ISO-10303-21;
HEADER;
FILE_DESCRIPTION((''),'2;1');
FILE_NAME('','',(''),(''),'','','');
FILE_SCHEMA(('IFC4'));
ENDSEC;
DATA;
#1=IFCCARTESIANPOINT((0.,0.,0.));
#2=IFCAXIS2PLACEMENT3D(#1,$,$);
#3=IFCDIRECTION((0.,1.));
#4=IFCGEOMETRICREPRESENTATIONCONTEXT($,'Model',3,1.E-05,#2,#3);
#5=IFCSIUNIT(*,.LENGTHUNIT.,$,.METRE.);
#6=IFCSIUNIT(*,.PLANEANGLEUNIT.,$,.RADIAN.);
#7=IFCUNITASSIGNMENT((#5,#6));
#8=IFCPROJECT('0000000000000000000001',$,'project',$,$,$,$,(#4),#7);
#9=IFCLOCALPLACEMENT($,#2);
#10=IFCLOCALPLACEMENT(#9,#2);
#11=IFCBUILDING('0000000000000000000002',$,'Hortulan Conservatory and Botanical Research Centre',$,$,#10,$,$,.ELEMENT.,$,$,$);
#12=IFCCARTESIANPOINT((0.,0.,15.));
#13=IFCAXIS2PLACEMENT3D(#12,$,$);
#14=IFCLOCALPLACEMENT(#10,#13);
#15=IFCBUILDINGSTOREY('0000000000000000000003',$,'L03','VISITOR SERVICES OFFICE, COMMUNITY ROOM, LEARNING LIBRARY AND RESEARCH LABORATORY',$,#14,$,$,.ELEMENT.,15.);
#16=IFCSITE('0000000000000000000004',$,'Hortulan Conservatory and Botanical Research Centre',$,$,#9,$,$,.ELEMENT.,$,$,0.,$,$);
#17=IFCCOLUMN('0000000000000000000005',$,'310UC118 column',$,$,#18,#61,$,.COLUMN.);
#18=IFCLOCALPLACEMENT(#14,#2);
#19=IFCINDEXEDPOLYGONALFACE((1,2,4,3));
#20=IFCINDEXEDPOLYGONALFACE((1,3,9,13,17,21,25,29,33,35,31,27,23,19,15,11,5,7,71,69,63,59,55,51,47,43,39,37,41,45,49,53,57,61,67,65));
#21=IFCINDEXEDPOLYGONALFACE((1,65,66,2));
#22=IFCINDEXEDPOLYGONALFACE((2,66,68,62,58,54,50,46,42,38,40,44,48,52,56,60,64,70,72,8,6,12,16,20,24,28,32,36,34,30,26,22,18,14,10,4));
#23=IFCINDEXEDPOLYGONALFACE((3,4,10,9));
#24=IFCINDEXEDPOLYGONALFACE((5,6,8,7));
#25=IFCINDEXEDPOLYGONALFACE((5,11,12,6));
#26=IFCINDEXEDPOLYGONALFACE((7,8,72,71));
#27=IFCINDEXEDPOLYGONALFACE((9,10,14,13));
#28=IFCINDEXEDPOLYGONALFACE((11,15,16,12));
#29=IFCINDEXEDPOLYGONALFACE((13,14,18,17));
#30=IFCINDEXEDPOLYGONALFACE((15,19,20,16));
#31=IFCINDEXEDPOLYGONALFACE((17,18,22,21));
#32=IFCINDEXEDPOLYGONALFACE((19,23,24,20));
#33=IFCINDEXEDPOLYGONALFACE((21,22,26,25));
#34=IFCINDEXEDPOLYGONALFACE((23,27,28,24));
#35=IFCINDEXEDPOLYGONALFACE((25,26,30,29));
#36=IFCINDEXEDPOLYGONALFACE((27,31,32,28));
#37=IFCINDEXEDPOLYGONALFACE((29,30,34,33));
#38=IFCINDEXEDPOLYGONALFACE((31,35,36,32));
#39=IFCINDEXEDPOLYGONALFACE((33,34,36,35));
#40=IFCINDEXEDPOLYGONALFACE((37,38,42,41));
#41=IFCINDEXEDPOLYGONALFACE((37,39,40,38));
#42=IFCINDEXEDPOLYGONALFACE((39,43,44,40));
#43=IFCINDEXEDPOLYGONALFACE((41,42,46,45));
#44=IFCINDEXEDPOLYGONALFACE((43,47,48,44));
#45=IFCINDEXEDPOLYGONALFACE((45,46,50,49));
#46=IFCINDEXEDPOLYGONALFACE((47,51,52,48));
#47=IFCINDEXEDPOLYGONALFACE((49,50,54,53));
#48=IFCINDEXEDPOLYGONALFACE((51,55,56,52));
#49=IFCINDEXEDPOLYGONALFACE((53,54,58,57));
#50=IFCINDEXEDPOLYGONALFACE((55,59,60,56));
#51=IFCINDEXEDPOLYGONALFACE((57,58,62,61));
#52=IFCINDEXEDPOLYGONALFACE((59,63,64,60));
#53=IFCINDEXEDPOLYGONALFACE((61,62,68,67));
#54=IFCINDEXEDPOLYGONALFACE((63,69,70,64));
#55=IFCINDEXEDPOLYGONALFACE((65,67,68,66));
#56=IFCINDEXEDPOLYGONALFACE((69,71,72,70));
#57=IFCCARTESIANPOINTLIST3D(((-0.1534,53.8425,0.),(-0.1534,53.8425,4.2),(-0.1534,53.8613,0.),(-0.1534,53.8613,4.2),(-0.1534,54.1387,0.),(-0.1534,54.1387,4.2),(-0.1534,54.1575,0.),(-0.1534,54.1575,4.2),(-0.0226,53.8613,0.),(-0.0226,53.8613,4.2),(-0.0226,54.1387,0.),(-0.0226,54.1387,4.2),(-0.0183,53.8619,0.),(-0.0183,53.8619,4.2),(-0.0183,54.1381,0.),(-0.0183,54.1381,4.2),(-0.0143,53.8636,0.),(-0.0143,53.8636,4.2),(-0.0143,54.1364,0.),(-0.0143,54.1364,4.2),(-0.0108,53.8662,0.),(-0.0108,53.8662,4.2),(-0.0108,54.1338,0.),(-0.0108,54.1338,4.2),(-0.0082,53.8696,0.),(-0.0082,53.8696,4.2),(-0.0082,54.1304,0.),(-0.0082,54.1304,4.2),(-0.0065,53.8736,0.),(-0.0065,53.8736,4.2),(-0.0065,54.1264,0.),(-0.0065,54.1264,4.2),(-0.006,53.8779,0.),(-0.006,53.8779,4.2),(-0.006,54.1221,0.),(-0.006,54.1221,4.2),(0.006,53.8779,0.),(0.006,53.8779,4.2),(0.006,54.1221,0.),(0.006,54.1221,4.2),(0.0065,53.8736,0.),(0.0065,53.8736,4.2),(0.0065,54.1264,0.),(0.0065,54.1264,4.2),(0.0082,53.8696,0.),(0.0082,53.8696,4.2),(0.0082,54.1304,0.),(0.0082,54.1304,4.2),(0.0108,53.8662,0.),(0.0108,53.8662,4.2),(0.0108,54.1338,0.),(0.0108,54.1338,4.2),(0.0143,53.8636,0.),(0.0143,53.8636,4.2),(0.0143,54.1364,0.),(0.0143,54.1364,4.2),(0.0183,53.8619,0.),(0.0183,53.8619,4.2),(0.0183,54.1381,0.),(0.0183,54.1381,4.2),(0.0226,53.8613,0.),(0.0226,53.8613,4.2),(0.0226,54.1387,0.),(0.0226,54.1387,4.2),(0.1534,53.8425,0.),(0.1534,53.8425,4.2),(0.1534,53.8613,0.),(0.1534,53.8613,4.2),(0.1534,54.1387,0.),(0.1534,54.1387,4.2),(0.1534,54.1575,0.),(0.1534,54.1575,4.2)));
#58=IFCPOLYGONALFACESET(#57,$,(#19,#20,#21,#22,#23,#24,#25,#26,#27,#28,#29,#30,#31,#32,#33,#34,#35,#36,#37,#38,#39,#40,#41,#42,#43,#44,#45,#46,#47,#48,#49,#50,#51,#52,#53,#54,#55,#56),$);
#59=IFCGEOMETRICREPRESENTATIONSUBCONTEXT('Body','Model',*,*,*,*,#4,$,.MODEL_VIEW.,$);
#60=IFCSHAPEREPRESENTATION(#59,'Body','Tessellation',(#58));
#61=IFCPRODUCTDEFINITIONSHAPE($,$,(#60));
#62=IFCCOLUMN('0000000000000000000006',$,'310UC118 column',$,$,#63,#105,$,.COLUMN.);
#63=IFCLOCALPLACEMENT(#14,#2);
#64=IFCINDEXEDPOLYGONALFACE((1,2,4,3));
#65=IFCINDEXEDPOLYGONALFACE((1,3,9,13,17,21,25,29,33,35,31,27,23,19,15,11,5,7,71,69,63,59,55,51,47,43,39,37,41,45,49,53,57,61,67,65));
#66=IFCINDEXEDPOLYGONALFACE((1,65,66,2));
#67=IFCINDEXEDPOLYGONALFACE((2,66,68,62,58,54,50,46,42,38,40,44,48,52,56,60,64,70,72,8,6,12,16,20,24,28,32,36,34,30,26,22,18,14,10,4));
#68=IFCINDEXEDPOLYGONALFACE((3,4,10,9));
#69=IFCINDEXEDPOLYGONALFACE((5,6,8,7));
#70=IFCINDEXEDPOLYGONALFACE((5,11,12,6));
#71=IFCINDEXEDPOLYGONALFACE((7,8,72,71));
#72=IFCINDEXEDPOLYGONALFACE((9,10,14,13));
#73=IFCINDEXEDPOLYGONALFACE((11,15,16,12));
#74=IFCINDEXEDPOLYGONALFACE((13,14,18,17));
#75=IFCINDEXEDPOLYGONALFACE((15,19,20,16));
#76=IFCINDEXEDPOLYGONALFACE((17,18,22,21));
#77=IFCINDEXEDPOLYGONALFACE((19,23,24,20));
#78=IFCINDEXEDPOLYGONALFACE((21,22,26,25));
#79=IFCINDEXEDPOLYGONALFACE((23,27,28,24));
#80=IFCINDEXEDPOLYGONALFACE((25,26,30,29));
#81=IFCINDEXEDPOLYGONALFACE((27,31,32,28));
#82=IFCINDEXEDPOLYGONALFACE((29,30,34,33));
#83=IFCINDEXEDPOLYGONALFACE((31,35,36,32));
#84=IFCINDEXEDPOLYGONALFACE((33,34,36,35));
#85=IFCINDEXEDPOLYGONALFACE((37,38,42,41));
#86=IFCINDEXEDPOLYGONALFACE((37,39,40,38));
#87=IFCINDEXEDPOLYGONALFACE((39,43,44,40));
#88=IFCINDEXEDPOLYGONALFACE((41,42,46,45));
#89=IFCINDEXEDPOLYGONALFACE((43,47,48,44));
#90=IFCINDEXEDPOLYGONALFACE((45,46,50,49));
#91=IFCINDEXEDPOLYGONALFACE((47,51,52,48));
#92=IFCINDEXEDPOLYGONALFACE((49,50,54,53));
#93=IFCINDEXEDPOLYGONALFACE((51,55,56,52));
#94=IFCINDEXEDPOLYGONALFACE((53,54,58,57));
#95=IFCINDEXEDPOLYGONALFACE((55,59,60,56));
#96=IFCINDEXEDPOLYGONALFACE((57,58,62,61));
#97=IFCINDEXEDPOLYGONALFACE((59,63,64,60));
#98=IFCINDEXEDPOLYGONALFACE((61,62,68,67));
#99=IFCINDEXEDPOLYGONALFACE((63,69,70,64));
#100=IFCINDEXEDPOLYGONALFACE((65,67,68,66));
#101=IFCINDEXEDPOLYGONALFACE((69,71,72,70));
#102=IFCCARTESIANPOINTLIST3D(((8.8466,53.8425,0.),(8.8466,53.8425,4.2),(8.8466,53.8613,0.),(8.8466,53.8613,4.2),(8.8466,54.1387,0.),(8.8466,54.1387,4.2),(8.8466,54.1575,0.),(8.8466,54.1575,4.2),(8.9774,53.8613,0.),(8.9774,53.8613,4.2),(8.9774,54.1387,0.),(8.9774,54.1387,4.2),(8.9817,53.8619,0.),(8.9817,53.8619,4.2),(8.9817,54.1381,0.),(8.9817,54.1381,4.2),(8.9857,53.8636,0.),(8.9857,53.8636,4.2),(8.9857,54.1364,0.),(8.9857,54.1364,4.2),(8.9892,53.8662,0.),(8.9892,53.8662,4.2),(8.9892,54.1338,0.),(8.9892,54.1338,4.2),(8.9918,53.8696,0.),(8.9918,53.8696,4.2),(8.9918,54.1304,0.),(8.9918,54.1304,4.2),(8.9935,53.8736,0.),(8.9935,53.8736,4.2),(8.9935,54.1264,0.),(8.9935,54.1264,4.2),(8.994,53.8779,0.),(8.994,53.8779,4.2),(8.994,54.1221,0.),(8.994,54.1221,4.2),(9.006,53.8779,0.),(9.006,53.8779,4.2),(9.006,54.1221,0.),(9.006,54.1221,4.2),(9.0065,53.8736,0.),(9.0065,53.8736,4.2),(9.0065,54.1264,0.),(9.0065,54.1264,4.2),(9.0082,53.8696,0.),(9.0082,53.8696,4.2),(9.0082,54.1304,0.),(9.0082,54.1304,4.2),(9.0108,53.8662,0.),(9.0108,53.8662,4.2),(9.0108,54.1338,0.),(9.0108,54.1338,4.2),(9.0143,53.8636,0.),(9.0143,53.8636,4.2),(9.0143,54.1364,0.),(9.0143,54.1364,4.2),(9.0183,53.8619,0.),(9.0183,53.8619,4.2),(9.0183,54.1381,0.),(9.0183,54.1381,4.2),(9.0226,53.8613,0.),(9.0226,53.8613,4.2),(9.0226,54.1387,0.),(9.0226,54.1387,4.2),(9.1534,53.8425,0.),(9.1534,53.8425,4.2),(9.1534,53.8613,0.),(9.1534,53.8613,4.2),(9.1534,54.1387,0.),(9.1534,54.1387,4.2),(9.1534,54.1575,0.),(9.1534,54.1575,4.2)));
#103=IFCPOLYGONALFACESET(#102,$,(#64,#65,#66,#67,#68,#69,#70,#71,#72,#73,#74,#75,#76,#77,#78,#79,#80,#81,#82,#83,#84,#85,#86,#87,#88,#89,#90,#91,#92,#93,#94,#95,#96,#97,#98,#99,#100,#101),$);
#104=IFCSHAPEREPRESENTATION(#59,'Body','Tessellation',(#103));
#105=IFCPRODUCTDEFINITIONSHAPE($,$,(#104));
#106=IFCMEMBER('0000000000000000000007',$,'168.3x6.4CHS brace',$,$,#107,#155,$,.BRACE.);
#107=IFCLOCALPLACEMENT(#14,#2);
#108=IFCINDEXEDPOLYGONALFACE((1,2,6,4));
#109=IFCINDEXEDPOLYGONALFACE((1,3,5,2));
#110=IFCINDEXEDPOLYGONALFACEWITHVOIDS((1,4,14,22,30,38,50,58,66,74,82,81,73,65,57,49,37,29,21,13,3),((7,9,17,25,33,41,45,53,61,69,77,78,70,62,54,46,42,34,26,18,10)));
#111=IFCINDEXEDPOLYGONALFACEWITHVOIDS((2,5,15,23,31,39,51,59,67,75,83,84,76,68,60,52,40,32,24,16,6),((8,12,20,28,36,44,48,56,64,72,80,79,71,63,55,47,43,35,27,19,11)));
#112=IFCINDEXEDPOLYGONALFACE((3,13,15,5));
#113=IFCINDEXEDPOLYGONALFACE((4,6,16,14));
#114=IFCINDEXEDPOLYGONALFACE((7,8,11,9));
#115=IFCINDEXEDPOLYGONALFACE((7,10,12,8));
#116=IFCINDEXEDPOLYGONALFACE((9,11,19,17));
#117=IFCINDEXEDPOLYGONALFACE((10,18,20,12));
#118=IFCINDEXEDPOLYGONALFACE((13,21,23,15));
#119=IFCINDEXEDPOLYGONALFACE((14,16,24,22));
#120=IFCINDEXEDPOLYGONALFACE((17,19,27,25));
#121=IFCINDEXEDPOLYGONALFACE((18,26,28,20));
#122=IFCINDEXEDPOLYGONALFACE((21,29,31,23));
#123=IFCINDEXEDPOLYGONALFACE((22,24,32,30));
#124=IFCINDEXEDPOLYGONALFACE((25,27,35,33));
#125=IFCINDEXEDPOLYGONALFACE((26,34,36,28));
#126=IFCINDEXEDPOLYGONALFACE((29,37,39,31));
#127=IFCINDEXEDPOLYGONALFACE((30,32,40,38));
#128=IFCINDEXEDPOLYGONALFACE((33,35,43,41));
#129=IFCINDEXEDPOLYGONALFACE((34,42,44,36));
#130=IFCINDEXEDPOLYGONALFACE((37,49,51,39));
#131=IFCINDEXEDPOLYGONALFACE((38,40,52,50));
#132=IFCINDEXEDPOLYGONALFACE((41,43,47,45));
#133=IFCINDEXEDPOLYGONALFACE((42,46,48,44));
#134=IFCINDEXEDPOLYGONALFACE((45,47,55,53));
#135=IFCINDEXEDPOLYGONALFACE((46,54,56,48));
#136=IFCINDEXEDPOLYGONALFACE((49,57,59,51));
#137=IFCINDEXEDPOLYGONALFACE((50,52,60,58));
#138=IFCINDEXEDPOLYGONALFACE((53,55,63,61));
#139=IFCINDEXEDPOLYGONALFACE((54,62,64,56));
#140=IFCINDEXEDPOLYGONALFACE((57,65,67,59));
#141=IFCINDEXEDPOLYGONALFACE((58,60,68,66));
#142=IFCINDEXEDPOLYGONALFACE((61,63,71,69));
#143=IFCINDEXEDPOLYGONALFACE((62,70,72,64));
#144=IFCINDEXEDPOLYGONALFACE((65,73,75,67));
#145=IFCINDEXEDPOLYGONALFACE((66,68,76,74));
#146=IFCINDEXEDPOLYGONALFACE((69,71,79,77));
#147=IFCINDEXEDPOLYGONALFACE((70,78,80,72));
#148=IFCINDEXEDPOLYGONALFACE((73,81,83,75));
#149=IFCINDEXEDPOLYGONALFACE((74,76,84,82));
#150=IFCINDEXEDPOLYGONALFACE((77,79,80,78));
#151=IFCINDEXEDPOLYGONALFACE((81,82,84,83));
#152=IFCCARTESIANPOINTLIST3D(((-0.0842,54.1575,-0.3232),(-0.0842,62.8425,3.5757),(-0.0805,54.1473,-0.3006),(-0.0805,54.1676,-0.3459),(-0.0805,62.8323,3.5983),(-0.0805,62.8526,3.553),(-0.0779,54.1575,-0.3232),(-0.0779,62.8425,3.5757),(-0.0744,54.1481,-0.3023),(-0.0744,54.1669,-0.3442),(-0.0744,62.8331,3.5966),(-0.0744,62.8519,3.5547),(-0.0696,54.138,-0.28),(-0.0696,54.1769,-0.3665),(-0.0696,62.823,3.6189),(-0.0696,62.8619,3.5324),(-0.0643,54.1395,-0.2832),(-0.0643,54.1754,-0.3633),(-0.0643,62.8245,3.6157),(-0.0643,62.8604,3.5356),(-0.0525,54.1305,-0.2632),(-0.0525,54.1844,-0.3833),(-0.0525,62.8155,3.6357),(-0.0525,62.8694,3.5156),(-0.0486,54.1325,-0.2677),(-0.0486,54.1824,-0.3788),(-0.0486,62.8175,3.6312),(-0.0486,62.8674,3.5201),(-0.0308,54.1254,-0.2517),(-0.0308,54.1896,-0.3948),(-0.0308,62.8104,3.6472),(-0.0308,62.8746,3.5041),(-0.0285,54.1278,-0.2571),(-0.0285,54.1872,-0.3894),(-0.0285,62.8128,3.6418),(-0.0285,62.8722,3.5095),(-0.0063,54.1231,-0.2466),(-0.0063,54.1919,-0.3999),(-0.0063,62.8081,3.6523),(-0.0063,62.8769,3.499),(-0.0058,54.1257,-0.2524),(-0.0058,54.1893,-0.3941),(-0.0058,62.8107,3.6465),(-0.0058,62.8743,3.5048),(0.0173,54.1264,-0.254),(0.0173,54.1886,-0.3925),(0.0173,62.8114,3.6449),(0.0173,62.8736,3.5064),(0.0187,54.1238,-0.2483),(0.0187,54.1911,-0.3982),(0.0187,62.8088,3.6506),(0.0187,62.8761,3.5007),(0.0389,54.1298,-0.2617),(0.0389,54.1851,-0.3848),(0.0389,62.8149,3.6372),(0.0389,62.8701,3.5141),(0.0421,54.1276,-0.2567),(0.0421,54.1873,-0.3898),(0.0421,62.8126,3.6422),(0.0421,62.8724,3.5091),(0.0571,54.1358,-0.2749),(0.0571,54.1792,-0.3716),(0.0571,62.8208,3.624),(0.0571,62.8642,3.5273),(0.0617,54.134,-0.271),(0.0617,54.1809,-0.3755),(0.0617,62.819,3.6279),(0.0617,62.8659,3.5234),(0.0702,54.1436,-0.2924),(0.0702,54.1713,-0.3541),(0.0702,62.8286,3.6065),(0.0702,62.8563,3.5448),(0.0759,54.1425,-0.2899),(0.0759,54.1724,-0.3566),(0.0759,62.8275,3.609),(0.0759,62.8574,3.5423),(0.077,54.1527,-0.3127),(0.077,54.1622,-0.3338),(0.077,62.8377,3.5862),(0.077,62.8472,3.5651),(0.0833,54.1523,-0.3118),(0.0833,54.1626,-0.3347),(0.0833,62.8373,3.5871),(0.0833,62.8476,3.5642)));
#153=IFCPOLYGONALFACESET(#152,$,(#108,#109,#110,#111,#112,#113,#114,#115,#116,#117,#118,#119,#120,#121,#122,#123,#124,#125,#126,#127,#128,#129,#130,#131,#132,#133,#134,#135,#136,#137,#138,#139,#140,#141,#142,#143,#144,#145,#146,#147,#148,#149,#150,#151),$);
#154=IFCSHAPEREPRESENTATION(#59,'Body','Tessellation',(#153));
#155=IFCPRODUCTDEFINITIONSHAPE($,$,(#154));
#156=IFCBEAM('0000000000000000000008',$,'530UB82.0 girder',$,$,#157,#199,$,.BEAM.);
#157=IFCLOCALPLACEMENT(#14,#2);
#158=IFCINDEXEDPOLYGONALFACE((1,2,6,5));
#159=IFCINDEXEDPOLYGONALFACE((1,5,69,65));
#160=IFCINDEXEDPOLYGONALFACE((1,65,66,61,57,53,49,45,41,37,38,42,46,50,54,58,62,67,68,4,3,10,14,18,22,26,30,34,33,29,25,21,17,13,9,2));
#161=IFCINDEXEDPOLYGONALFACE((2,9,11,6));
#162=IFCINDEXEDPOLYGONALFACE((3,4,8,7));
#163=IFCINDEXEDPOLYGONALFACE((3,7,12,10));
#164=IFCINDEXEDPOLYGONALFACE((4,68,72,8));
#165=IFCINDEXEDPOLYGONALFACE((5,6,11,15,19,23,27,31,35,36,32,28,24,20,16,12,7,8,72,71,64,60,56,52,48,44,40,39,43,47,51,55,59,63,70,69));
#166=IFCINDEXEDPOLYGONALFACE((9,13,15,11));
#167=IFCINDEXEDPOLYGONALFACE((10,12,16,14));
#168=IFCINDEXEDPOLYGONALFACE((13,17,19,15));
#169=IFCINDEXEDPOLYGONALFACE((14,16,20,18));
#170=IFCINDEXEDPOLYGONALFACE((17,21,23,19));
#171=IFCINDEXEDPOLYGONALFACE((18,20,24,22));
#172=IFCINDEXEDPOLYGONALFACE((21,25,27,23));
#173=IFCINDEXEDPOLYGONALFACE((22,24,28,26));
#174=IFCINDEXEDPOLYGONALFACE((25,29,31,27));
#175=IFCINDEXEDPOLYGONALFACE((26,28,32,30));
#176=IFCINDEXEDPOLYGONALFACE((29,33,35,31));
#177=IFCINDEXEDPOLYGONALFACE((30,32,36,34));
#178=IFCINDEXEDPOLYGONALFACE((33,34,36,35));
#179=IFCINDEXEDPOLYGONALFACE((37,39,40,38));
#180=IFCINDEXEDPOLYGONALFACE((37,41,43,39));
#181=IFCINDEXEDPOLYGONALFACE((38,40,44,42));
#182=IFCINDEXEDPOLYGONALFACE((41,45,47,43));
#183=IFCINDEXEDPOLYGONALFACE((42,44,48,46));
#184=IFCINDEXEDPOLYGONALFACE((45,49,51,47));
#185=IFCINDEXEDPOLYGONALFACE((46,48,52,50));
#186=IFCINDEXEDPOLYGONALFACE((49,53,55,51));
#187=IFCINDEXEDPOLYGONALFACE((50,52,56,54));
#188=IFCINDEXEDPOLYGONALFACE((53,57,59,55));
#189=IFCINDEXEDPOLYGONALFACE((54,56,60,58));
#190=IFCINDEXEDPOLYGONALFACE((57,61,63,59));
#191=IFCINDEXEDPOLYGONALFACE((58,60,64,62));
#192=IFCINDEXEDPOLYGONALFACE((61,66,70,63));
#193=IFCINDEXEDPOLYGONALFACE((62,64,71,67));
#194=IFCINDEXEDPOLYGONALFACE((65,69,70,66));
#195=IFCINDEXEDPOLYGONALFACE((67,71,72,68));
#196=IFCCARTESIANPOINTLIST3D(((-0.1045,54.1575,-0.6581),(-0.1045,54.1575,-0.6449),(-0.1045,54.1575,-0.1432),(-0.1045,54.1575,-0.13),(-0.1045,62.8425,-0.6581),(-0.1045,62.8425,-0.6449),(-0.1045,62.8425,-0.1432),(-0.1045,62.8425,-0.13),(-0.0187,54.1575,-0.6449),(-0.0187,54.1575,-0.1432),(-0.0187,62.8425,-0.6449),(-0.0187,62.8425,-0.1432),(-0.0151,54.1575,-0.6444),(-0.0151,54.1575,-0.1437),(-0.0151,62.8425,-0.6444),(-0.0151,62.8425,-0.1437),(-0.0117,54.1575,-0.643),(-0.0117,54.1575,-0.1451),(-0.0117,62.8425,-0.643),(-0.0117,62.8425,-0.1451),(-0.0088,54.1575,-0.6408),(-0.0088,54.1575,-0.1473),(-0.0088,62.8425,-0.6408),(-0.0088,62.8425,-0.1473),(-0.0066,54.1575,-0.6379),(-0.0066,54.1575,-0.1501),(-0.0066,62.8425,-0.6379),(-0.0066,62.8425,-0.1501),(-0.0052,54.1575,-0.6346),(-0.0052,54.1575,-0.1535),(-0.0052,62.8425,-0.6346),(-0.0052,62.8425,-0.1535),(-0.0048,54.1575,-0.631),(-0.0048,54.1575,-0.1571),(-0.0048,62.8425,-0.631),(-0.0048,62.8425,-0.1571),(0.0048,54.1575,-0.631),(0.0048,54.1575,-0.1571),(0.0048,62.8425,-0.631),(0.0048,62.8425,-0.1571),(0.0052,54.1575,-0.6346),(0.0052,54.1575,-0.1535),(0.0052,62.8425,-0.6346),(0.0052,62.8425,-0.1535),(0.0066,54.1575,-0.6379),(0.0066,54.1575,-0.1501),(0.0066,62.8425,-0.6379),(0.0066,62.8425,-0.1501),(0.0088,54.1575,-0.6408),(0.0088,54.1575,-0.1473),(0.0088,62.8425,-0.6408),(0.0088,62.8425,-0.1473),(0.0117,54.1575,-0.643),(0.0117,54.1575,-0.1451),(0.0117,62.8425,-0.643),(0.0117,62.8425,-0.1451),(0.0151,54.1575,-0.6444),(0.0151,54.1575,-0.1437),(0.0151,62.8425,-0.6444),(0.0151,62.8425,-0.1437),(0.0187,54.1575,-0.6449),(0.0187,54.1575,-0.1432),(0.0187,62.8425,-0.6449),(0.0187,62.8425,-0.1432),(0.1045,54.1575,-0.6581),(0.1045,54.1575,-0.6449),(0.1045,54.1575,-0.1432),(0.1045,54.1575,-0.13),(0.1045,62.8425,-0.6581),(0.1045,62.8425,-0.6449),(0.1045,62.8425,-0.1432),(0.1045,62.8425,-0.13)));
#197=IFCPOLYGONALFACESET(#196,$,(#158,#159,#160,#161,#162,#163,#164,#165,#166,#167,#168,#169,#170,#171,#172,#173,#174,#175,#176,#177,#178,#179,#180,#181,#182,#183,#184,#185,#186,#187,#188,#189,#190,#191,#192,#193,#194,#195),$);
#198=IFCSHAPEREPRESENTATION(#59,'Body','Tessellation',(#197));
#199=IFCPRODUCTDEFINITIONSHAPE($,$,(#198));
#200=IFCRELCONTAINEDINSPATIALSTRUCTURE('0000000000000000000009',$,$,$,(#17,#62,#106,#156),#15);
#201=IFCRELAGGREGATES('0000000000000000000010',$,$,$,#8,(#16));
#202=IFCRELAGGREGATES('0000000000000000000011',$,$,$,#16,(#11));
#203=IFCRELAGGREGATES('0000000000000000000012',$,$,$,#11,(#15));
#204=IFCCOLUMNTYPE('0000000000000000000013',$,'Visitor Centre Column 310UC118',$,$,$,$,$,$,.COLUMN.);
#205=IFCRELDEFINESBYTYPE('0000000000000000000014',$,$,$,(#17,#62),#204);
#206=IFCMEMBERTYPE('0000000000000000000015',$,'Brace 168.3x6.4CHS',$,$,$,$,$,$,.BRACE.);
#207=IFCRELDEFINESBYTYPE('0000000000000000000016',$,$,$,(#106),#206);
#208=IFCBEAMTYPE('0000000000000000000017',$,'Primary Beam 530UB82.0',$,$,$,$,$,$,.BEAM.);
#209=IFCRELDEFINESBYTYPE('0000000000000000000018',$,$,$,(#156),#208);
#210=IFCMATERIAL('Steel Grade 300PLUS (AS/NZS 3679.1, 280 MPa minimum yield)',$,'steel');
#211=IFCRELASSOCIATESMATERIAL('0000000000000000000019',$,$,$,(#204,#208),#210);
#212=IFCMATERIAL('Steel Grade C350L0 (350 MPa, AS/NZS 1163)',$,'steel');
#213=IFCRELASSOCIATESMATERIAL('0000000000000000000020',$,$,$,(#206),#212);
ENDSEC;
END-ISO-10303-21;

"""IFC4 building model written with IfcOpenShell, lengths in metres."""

from ifc_helpers import new_model, si_unit, direction, frame, origin, origin_2d, place, context, subcontext, project, spatial, hollow_circle, i_section, extrude, material, material_profile, profile_set, type_object, element, save


model = new_model("IFC4")

# Units and contexts
model_context = context("Model", 3, precision=1e-05, world=origin(), true_north=direction((0.0, 1.0)))
body_context = subcontext(model_context, "Body", "Model", "MODEL_VIEW")
ifc_project = project(units=[si_unit("LENGTHUNIT", "METRE"), si_unit("PLANEANGLEUNIT", "RADIAN")], contexts=[model_context])

# Site, building, storey
site_placement = place(None, origin())
site = spatial("IfcSite", under=ifc_project, at=site_placement, Name="Hortulan Conservatory and Botanical Research Centre", CompositionType="ELEMENT", RefElevation=0.0)
building_placement = place(site_placement, origin())
building = spatial("IfcBuilding", under=site, at=building_placement, Name="Hortulan Conservatory and Botanical Research Centre", CompositionType="ELEMENT")
storey_placement = place(building_placement, frame((0.0, 0.0, 15.0)))
storey = spatial("IfcBuildingStorey", under=building, at=storey_placement, Name="L03", Description="VISITOR SERVICES OFFICE, COMMUNITY ROOM, LEARNING LIBRARY AND RESEARCH LABORATORY", CompositionType="ELEMENT", Elevation=15.0)

# Columns
ifc_material_1 = material(Name="Steel Grade 300PLUS (AS/NZS 3679.1, 280 MPa minimum yield)", Category="steel")
ifc_material_profile_1 = material_profile(ifc_material_1, i_section(OverallWidth=0.3069, OverallDepth=0.3149, WebThickness=0.012, FlangeThickness=0.0188, FilletRadius=0.0166, at=origin_2d()), Name="310UC118")
ifc_profile_set_1 = profile_set([ifc_material_profile_1], Name="Steel Grade 300PLUS (AS/NZS 3679.1, 280 MPa minimum yield)")
column_type = type_object("IfcColumnType", Name="Visitor Centre Column 310UC118", PredefinedType="COLUMN", material=ifc_profile_set_1)
for number, where, z_axis, x_axis, name in (
    (1, (0.0, 54.0, 0.0), (0.0, 0.0, 1.0), (1.0, 0.0, 0.0), "310UC118 column"),
    (2, (9.0, 54.0, 0.0), (0.0, 0.0, 1.0), (1.0, 0.0, 0.0), "310UC118 column"),
):
    element("IfcColumn", number, at=place(storey_placement, frame(where, z_axis=z_axis, x_axis=x_axis)), inside=storey, type_object=column_type, Name=name, PredefinedType="COLUMN", context=body_context, shape_type="SweptSolid", body=[
        extrude(i_section(OverallWidth=0.3069, OverallDepth=0.3149, WebThickness=0.012, FlangeThickness=0.0188, FilletRadius=0.0166, at=origin_2d()), origin(), (0.0, 0.0, 1.0), 4.2),
    ])

# Member
ifc_material_2 = material(Name="Steel Grade C350L0 (350 MPa, AS/NZS 1163)", Category="steel")
ifc_material_profile_2 = material_profile(ifc_material_2, hollow_circle(Radius=0.0842, WallThickness=0.0063, at=origin_2d()), Name="168.3x6.4CHS")
ifc_profile_set_2 = profile_set([ifc_material_profile_2], Name="Steel Grade C350L0 (350 MPa, AS/NZS 1163)")
member_type = type_object("IfcMemberType", Name="Brace 168.3x6.4CHS", PredefinedType="BRACE", material=ifc_profile_set_2)
member_placement = place(storey_placement, frame((0.0, 54.1575, -0.3232), z_axis=(0.0, 0.912289, 0.409548), x_axis=(-1.0, 0.0, 0.0)))
element("IfcMember", 3, at=member_placement, inside=storey, type_object=member_type, Name="168.3x6.4CHS brace", PredefinedType="BRACE", context=body_context, shape_type="SweptSolid", body=[
    extrude(hollow_circle(Radius=0.0842, WallThickness=0.0063, at=origin_2d()), origin(), (0.0, 0.0, 1.0), 9.52),
])

# Beam
ifc_material_profile_3 = material_profile(ifc_material_1, i_section(OverallWidth=0.209, OverallDepth=0.5281, WebThickness=0.0095, FlangeThickness=0.0132, FilletRadius=0.0139, at=origin_2d()), Name="530UB82.0")
ifc_profile_set_3 = profile_set([ifc_material_profile_3], Name="Steel Grade 300PLUS (AS/NZS 3679.1, 280 MPa minimum yield)")
beam_type_1 = type_object("IfcBeamType", Name="Primary Beam 530UB82.0", PredefinedType="BEAM", material=ifc_profile_set_3)
beam_1_placement = place(storey_placement, frame((0.0, 54.1575, -0.394), z_axis=(0.0, 1.0, 0.0), x_axis=(-1.0, 0.0, 0.0)))
element("IfcBeam", 4, at=beam_1_placement, inside=storey, type_object=beam_type_1, Name="530UB82.0 girder", PredefinedType="BEAM", context=body_context, shape_type="SweptSolid", body=[
    extrude(i_section(OverallWidth=0.209, OverallDepth=0.5281, WebThickness=0.0095, FlangeThickness=0.0132, FilletRadius=0.0139, at=origin_2d()), origin(), (0.0, 0.0, 1.0), 8.6851),
])

save(model, "model.ifc")
